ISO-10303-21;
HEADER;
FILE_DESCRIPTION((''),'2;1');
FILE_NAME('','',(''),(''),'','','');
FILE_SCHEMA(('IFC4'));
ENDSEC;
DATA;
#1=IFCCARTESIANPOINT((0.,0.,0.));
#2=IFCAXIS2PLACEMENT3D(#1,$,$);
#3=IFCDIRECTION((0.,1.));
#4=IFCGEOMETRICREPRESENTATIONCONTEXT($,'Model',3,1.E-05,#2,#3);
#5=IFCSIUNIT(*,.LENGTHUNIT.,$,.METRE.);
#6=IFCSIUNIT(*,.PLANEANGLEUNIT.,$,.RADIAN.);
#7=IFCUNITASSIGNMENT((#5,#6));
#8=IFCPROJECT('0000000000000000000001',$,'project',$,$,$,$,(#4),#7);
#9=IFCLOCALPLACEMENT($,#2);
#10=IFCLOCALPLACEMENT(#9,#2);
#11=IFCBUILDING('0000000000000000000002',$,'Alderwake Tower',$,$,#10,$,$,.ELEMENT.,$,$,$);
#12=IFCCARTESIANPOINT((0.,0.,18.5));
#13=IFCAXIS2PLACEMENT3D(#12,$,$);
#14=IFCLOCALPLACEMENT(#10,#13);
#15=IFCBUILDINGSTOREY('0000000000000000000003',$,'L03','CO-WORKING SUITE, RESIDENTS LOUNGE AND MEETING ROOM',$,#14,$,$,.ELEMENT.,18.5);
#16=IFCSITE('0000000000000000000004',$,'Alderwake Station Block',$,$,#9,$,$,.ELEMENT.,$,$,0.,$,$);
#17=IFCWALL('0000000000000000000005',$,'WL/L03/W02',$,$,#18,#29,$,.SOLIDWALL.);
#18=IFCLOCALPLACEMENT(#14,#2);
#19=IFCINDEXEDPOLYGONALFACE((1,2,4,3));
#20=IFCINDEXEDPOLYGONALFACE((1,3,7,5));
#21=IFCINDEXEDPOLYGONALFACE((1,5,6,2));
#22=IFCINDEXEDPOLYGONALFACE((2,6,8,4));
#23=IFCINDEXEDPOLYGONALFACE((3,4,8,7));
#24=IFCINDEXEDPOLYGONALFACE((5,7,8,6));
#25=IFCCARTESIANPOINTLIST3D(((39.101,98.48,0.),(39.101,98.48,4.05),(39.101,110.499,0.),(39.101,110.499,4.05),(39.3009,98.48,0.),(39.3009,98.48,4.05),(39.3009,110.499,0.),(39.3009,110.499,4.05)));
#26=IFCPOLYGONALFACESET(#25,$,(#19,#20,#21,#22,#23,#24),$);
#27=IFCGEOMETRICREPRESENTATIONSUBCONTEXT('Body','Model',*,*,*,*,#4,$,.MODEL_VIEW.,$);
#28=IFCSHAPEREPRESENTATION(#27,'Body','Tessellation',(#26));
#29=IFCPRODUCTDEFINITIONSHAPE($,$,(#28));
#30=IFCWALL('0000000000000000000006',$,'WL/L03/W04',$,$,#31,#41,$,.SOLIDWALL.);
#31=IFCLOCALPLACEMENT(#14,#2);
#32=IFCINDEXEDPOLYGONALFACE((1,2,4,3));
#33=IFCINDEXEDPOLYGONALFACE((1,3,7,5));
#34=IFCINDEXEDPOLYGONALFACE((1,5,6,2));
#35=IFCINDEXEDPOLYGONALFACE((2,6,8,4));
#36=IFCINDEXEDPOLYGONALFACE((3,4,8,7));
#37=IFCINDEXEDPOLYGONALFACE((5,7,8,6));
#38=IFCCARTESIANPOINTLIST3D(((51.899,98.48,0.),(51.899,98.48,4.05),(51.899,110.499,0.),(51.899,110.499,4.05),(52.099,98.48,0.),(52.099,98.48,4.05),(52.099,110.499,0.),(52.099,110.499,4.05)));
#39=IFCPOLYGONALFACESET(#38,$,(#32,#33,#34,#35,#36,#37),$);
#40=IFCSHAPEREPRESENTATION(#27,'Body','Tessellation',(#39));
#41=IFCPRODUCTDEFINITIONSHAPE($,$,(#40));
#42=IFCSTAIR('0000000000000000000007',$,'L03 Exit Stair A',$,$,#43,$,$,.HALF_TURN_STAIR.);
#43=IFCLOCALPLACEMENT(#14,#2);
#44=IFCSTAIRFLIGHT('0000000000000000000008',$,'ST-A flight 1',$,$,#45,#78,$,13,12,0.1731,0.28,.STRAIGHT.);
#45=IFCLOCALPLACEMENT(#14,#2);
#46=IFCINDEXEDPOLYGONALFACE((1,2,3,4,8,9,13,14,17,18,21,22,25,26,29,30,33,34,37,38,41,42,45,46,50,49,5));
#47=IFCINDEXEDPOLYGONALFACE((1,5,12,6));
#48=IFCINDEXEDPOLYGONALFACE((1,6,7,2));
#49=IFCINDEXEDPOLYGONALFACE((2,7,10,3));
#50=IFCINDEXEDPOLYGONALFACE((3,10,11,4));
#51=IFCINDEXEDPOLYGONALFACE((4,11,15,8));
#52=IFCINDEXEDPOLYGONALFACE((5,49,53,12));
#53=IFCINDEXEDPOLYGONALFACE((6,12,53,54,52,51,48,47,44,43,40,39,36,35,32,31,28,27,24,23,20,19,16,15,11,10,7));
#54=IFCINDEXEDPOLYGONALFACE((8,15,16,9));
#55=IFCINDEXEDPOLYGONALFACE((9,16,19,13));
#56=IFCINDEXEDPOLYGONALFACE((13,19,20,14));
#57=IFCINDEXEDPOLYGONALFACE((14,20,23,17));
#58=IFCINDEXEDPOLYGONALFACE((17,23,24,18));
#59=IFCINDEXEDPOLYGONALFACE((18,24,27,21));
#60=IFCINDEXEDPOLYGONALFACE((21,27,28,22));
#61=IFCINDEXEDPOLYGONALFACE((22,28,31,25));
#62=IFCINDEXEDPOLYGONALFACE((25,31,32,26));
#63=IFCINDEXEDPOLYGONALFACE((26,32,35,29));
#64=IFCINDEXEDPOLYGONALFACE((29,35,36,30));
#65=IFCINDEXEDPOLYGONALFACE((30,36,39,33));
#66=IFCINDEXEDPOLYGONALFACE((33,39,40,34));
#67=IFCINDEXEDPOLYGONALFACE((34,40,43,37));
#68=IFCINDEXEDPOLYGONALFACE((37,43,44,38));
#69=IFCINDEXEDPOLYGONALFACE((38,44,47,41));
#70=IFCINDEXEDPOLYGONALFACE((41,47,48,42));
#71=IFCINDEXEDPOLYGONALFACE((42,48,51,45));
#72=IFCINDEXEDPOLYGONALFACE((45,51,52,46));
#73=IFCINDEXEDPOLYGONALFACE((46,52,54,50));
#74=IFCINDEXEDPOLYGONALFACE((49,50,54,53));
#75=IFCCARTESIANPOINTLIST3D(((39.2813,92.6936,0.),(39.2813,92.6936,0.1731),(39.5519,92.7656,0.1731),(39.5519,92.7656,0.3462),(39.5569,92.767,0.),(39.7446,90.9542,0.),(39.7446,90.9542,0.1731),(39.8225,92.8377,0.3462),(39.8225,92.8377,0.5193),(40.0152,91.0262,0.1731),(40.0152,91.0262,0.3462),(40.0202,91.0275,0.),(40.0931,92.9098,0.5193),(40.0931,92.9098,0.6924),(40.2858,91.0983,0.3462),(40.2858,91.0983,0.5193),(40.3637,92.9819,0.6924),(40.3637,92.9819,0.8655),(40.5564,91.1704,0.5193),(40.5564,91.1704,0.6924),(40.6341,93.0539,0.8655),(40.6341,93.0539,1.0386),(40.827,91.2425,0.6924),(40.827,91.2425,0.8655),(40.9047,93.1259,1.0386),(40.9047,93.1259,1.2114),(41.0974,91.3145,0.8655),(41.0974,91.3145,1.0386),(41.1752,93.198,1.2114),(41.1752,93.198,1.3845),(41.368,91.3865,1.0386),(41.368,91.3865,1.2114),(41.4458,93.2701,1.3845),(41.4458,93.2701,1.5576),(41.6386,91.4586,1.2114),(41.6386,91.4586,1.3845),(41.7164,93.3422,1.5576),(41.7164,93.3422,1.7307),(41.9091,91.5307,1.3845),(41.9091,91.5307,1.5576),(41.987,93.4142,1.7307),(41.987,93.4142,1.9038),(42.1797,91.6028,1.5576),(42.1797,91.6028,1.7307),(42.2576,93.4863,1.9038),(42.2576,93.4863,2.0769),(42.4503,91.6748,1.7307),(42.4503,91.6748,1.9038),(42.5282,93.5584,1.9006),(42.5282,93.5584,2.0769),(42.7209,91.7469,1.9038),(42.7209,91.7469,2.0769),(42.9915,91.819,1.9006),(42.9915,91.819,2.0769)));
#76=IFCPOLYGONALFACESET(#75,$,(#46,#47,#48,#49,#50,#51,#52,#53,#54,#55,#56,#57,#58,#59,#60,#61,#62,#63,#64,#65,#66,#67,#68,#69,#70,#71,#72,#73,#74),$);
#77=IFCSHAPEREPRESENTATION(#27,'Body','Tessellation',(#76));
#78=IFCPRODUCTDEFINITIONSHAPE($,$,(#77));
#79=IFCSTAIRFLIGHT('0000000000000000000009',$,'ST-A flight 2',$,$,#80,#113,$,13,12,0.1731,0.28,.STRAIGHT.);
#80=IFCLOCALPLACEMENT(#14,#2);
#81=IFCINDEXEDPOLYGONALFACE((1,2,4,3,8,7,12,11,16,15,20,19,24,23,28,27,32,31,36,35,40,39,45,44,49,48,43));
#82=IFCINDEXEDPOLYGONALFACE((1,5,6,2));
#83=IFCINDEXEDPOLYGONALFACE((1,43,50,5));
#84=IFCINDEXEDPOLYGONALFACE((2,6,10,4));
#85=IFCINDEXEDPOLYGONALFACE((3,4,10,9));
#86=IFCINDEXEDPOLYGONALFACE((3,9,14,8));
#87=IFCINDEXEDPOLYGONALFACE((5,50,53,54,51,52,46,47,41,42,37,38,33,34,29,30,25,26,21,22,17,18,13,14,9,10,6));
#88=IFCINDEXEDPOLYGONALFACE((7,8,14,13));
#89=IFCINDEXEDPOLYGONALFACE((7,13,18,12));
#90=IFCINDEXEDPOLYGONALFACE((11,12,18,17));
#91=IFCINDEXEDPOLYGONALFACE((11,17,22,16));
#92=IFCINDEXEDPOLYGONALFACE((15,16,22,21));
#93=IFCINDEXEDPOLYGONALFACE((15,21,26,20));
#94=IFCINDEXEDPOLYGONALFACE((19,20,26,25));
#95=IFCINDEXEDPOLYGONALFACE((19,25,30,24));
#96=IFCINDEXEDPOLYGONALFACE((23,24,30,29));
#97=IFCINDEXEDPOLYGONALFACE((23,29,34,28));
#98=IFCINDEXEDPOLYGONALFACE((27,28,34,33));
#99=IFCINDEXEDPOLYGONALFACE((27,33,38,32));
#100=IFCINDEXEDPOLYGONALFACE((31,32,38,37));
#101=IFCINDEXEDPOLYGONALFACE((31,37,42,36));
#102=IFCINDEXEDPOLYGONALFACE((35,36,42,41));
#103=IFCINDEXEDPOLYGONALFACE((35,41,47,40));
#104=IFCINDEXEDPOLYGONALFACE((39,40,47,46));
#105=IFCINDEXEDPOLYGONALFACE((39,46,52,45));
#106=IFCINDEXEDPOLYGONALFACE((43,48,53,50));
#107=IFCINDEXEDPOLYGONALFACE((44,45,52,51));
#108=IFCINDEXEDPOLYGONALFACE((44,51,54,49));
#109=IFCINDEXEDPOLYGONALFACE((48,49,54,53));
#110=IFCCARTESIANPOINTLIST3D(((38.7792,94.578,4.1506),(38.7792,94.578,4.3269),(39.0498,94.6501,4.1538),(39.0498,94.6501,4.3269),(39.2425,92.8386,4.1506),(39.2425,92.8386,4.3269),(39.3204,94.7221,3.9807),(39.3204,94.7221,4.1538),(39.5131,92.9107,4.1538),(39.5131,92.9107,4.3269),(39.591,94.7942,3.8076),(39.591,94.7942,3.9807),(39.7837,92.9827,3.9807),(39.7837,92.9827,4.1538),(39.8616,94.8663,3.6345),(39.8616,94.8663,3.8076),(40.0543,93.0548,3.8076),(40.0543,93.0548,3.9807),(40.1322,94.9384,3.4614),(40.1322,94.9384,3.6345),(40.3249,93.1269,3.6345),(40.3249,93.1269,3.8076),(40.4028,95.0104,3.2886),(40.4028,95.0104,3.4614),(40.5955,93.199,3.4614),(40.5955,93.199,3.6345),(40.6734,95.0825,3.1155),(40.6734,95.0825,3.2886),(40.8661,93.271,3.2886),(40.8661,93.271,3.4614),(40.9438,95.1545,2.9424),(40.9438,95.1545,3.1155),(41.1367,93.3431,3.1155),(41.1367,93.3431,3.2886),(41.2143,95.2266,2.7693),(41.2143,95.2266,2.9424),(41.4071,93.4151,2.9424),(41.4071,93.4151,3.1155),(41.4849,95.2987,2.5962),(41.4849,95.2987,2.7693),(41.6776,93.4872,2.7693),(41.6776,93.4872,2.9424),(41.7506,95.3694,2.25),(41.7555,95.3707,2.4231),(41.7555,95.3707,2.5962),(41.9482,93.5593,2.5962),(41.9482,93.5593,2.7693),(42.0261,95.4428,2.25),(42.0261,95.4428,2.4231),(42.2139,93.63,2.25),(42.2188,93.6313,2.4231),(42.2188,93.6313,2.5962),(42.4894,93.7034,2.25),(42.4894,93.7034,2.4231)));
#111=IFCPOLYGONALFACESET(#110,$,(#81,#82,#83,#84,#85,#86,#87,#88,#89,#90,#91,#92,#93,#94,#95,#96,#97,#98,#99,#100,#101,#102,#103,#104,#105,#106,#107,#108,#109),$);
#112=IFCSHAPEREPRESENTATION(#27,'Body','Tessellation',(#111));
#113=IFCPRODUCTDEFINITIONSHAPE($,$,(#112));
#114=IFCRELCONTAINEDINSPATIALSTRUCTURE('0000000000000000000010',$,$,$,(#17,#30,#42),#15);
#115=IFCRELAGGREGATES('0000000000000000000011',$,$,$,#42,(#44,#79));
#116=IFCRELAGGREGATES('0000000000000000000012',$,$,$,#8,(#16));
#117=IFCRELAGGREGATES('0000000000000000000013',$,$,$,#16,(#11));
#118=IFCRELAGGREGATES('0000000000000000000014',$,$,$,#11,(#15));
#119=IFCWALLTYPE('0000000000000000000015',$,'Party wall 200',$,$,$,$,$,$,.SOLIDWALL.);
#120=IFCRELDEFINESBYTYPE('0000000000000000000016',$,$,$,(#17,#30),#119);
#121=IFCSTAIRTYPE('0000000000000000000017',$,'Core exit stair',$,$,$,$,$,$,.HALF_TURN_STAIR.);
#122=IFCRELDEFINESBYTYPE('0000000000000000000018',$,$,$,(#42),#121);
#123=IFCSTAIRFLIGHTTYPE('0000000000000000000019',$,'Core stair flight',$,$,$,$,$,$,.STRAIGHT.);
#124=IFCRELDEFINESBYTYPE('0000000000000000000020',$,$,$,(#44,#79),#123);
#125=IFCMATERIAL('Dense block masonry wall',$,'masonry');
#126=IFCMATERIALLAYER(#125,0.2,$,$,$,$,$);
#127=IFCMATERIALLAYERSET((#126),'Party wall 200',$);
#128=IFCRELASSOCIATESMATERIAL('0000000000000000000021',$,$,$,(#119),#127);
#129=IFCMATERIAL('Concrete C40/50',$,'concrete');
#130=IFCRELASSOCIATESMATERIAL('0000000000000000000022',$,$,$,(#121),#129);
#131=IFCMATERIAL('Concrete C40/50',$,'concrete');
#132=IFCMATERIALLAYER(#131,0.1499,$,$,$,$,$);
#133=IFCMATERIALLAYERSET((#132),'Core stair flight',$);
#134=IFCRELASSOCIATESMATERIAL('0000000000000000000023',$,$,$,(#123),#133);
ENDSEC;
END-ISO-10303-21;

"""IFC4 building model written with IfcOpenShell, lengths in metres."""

from ifc_helpers import new_model, si_unit, direction, frame, frame_2d, origin, place, context, subcontext, project, spatial, polyline, rectangle, outline, extrude, material, layer, layer_set, type_object, element, aggregate, save


model = new_model("IFC4")

# Units and contexts
model_context = context("Model", 3, precision=1e-05, world=origin(), true_north=direction((0.0, 1.0)))
body_context = subcontext(model_context, "Body", "Model", "MODEL_VIEW")
ifc_project = project(units=[si_unit("LENGTHUNIT", "METRE"), si_unit("PLANEANGLEUNIT", "RADIAN")], contexts=[model_context])

# Site, building, storey
site_placement = place(None, origin())
site = spatial("IfcSite", under=ifc_project, at=site_placement, Name="Alderwake Station Block", CompositionType="ELEMENT", RefElevation=0.0)
building_placement = place(site_placement, origin())
building = spatial("IfcBuilding", under=site, at=building_placement, Name="Alderwake Tower", CompositionType="ELEMENT")
storey_placement = place(building_placement, frame((0.0, 0.0, 18.5)))
storey = spatial("IfcBuildingStorey", under=building, at=storey_placement, Name="L03", Description="CO-WORKING SUITE, RESIDENTS LOUNGE AND MEETING ROOM", CompositionType="ELEMENT", Elevation=18.5)

# Walls
ifc_material_1 = material(Name="Dense block masonry wall", Category="masonry")
ifc_layer_1 = layer(ifc_material_1, 0.2)
ifc_layer_set_1 = layer_set([ifc_layer_1], Name="Party wall 200")
wall_type_1 = type_object("IfcWallType", Name="Party wall 200", PredefinedType="SOLIDWALL", material=ifc_layer_set_1)
for number, where, z_axis, x_axis, name in (
    (1, (39.2009, 98.48, 0.0), (0.0, 0.0, 1.0), (0.0, 1.0, 0.0), "WL/L03/W02"),
    (2, (51.999, 98.48, 0.0), (0.0, 0.0, 1.0), (0.0, 1.0, 0.0), "WL/L03/W04"),
):
    element("IfcWall", number, at=place(storey_placement, frame(where, z_axis=z_axis, x_axis=x_axis)), inside=storey, type_object=wall_type_1, Name=name, PredefinedType="SOLIDWALL", context=body_context, shape_type="SweptSolid", body=[
        extrude(rectangle(XDim=12.019, YDim=0.2, at=frame_2d((6.0095, 0.0))), origin(), (0.0, 0.0, 1.0), 4.05),
    ])

# Stair, stair flights
ifc_material_2 = material(Name="Concrete C40/50", Category="concrete")
stair_type = type_object("IfcStairType", Name="Core exit stair", PredefinedType="HALF_TURN_STAIR", material=ifc_material_2)
stair_placement = place(storey_placement, origin())
stair = element("IfcStair", 3, at=stair_placement, inside=storey, type_object=stair_type, Name="L03 Exit Stair A", PredefinedType="HALF_TURN_STAIR")
ifc_material_3 = material(Name="Concrete C40/50", Category="concrete")
ifc_layer_2 = layer(ifc_material_3, 0.1499)
ifc_layer_set_2 = layer_set([ifc_layer_2], Name="Core stair flight")
stair_flight_type = type_object("IfcStairFlightType", Name="Core stair flight", PredefinedType="STRAIGHT", material=ifc_layer_set_2)
stair_flight_1_placement = place(storey_placement, frame((39.5129, 91.824, 0.0), z_axis=(0.0, 0.0, 1.0), x_axis=(0.96631, 0.257382, 0.0)))
stair_flight_1 = element("IfcStairFlight", 4, at=stair_flight_1_placement, type_object=stair_flight_type, Name="ST-A flight 1", NumberOfRisers=13, NumberOfTreads=12, PredefinedType="STRAIGHT", RiserHeight=0.1731, TreadLength=0.28, context=body_context, shape_type="SweptSolid", body=[
    extrude(outline(polyline([(0.0, 0.0), (0.0, 0.1731), (0.28, 0.1731), (0.28, 0.3462), (0.5601, 0.3462), (0.5601, 0.5193), (0.8401, 0.5193), (0.8401, 0.6924), (1.1201, 0.6924), (1.1201, 0.8655), (1.3999, 0.8655), (1.3999, 1.0386), (1.6799, 1.0386), (1.6799, 1.2114), (1.96, 1.2114), (1.96, 1.3845), (2.24, 1.3845), (2.24, 1.5576), (2.52, 1.5576), (2.52, 1.7307), (2.8, 1.7307), (2.8, 1.9038), (3.0801, 1.9038), (3.0801, 2.0769), (3.3601, 2.0769), (3.3601, 2.25), (3.3601, 1.9006), (0.2852, 0.0), (0.0, 0.0)])), frame((0.0, 0.8999, 0.0), z_axis=(0.0, -1.0, 0.0), x_axis=(1.0, 0.0, 0.0)), (0.0, 0.0, 1.0), 1.8),
])
stair_flight_2_placement = place(storey_placement, frame((42.2578, 94.573, 2.25), z_axis=(0.0, 0.0, 1.0), x_axis=(-0.96631, -0.257382, 0.0)))
stair_flight_2 = element("IfcStairFlight", 5, at=stair_flight_2_placement, type_object=stair_flight_type, Name="ST-A flight 2", NumberOfRisers=13, NumberOfTreads=12, PredefinedType="STRAIGHT", RiserHeight=0.1731, TreadLength=0.28, context=body_context, shape_type="SweptSolid", body=[
    extrude(outline(polyline([(0.0, 0.0), (0.0, 0.1731), (0.28, 0.1731), (0.28, 0.3462), (0.5601, 0.3462), (0.5601, 0.5193), (0.8401, 0.5193), (0.8401, 0.6924), (1.1201, 0.6924), (1.1201, 0.8655), (1.3999, 0.8655), (1.3999, 1.0386), (1.6799, 1.0386), (1.6799, 1.2114), (1.96, 1.2114), (1.96, 1.3845), (2.24, 1.3845), (2.24, 1.5576), (2.52, 1.5576), (2.52, 1.7307), (2.8, 1.7307), (2.8, 1.9038), (3.0801, 1.9038), (3.0801, 2.0769), (3.3601, 2.0769), (3.3601, 2.25), (3.3601, 1.9006), (0.2852, 0.0), (0.0, 0.0)])), frame((0.0, 0.8999, 0.0), z_axis=(0.0, -1.0, 0.0), x_axis=(1.0, 0.0, 0.0)), (0.0, 0.0, 1.0), 1.8),
])
aggregate(stair, [stair_flight_1, stair_flight_2])

save(model, "model.ifc")
